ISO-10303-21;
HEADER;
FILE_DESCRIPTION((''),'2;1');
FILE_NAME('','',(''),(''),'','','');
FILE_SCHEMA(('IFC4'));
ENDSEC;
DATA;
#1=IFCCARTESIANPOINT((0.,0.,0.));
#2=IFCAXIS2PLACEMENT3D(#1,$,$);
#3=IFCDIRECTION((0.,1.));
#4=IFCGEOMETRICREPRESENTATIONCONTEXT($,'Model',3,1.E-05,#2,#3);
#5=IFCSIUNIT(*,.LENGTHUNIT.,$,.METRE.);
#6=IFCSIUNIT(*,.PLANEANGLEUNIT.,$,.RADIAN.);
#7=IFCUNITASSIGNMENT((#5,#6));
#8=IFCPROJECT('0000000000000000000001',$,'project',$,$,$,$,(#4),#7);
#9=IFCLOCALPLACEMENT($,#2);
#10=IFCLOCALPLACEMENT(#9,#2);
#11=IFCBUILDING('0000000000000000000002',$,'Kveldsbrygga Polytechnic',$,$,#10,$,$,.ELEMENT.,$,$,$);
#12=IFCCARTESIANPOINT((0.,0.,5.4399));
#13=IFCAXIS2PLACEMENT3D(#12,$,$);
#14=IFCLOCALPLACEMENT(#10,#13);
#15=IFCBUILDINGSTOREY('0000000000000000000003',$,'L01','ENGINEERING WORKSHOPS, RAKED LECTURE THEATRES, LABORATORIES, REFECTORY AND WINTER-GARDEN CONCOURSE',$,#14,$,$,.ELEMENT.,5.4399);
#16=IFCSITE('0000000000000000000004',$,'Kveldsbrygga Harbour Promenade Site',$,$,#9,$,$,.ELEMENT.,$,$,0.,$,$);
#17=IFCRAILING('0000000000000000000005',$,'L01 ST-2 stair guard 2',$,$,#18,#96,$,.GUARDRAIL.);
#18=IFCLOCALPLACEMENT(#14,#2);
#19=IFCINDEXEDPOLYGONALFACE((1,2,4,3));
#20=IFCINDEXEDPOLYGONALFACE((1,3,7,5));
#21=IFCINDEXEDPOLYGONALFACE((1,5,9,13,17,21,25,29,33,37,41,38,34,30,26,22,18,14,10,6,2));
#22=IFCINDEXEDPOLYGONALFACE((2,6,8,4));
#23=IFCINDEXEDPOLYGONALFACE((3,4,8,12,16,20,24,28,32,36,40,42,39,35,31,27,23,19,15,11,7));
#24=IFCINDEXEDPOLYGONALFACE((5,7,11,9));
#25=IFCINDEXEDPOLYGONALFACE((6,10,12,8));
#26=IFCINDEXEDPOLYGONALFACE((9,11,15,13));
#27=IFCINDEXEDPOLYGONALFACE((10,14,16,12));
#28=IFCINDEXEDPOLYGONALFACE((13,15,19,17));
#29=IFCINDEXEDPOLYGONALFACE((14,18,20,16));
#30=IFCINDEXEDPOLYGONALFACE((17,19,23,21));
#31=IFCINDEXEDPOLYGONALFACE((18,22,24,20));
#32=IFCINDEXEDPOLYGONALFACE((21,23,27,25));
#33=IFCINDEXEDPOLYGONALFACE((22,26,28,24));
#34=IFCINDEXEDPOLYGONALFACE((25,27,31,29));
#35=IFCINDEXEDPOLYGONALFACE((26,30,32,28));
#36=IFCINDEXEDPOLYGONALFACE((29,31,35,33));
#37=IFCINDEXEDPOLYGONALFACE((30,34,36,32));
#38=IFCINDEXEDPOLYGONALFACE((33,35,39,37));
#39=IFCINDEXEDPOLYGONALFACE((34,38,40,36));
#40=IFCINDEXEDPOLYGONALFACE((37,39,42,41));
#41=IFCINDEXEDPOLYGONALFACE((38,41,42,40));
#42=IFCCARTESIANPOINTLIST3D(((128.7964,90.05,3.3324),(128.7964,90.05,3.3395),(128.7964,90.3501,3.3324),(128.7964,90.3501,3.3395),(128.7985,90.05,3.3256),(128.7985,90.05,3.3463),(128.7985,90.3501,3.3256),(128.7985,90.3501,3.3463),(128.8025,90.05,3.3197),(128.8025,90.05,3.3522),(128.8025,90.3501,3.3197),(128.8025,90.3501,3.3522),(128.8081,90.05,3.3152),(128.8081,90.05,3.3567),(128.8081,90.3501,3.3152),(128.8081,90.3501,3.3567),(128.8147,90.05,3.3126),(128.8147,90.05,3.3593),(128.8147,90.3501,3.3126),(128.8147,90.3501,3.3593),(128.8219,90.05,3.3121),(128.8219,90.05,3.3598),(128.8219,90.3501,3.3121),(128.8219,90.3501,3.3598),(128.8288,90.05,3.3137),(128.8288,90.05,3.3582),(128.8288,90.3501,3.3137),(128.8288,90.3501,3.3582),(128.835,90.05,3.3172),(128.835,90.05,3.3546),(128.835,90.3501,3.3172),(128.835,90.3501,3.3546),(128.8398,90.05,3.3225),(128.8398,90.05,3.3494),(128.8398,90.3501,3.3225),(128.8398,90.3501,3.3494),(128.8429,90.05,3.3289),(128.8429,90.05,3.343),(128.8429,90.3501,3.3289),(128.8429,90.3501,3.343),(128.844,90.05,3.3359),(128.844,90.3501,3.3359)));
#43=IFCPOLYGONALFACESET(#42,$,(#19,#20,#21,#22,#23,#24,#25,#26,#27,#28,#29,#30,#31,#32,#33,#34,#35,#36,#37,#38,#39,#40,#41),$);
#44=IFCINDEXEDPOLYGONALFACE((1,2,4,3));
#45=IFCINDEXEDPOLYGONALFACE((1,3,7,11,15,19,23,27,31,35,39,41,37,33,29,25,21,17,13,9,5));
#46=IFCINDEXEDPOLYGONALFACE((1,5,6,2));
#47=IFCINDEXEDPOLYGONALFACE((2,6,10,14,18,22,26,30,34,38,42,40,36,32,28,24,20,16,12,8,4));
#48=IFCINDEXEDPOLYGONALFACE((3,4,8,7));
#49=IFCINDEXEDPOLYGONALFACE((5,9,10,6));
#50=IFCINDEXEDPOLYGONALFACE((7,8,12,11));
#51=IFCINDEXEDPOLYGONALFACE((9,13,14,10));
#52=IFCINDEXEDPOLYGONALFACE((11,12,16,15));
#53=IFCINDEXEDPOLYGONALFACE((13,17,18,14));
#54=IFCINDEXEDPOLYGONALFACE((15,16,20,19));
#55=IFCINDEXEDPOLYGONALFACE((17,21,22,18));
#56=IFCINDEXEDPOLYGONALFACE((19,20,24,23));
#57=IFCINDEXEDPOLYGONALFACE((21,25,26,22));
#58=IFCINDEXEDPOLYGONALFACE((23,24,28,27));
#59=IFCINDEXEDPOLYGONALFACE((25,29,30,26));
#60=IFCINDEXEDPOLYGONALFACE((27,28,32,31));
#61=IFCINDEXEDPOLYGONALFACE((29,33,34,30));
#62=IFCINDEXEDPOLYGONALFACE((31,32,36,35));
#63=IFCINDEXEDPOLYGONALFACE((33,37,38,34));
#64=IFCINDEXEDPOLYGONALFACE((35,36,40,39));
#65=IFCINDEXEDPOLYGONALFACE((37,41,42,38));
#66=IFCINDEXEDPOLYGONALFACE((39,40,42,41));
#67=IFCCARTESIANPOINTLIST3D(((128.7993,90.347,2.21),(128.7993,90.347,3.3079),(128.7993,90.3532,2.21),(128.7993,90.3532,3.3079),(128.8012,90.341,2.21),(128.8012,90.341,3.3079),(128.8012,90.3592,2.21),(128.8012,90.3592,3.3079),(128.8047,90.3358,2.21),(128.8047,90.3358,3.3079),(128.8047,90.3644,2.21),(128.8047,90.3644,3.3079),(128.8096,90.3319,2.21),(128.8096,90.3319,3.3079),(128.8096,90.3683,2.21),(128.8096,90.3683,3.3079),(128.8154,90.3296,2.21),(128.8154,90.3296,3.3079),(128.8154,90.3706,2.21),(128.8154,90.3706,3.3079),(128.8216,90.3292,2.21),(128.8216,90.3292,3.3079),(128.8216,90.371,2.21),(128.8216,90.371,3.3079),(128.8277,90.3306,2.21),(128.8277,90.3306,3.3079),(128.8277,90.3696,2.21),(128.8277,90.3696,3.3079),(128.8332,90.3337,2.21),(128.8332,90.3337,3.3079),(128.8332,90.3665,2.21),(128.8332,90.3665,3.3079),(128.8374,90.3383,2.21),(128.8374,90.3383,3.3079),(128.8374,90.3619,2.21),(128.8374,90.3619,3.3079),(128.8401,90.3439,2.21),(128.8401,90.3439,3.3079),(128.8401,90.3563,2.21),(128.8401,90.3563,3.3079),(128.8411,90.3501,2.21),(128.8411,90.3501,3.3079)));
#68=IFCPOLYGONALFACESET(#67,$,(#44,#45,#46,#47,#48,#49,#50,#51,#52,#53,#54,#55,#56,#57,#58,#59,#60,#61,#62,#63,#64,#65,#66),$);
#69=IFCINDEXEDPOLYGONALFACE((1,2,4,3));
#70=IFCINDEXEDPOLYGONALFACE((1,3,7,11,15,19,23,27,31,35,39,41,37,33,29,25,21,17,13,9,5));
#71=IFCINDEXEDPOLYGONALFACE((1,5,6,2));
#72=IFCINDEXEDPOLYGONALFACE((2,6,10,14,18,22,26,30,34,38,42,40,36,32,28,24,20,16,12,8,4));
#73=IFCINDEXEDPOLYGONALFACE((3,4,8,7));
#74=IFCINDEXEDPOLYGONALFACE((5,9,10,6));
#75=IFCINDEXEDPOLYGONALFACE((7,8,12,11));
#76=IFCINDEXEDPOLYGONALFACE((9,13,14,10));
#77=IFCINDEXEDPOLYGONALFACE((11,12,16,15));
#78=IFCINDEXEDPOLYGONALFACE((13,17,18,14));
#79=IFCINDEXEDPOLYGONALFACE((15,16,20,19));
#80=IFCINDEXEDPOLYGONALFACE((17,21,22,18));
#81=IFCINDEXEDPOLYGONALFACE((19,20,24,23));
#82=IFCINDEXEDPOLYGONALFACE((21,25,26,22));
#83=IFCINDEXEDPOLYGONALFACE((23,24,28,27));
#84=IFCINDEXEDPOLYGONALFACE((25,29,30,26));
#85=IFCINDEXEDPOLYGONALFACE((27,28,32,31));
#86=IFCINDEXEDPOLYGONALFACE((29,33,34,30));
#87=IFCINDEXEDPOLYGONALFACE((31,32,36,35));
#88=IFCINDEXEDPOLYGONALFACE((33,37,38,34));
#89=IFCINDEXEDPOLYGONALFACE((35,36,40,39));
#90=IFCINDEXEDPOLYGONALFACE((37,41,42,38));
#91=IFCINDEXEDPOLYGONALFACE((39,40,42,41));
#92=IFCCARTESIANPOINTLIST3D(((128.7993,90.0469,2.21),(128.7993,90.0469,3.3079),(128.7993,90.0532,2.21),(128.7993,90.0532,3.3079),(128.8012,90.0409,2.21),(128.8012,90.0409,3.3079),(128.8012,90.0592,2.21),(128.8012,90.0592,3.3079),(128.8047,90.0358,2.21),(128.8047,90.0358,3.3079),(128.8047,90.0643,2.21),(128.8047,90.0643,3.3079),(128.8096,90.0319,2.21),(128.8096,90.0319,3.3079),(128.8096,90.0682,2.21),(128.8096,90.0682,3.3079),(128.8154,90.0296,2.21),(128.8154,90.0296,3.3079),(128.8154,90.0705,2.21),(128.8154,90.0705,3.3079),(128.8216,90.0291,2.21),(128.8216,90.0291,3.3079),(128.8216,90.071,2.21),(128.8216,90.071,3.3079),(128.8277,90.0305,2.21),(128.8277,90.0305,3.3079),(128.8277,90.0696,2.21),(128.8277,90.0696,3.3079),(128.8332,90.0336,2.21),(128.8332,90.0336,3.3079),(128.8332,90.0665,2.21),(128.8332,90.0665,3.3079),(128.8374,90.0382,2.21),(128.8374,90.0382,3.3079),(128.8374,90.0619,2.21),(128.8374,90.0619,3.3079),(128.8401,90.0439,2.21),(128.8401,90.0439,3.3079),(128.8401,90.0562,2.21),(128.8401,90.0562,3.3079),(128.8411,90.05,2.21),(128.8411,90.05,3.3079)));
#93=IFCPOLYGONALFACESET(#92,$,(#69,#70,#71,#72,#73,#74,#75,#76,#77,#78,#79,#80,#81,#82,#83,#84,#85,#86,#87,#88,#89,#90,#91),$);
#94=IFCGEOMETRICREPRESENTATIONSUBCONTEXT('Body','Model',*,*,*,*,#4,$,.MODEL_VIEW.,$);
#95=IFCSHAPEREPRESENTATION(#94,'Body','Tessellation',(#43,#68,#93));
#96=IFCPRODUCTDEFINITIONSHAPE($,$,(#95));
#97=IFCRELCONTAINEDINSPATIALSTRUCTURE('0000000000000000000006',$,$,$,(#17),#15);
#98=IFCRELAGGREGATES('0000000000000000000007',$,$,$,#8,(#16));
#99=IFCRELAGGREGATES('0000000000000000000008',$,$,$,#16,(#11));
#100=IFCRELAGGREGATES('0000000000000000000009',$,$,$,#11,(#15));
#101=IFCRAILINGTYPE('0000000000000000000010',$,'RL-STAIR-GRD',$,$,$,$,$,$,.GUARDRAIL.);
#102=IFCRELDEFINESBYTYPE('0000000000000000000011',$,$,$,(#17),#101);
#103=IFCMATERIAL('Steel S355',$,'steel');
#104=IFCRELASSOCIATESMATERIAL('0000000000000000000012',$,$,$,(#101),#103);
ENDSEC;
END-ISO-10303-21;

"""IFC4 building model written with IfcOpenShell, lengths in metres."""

from ifc_helpers import new_model, si_unit, direction, frame, origin, origin_2d, place, context, subcontext, project, spatial, circle, extrude, material, type_object, element, save


model = new_model("IFC4")

# Units and contexts
model_context = context("Model", 3, precision=1e-05, world=origin(), true_north=direction((0.0, 1.0)))
body_context = subcontext(model_context, "Body", "Model", "MODEL_VIEW")
ifc_project = project(units=[si_unit("LENGTHUNIT", "METRE"), si_unit("PLANEANGLEUNIT", "RADIAN")], contexts=[model_context])

# Site, building, storey
site_placement = place(None, origin())
site = spatial("IfcSite", under=ifc_project, at=site_placement, Name="Kveldsbrygga Harbour Promenade Site", CompositionType="ELEMENT", RefElevation=0.0)
building_placement = place(site_placement, origin())
building = spatial("IfcBuilding", under=site, at=building_placement, Name="Kveldsbrygga Polytechnic", CompositionType="ELEMENT")
storey_placement = place(building_placement, frame((0.0, 0.0, 5.4399)))
storey = spatial("IfcBuildingStorey", under=building, at=storey_placement, Name="L01", Description="ENGINEERING WORKSHOPS, RAKED LECTURE THEATRES, LABORATORIES, REFECTORY AND WINTER-GARDEN CONCOURSE", CompositionType="ELEMENT", Elevation=5.4399)

# Railing
ifc_material_1 = material(Name="Steel S355", Category="steel")
railing_type_1 = type_object("IfcRailingType", Name="RL-STAIR-GRD", PredefinedType="GUARDRAIL", material=ifc_material_1)
railing_1_placement = place(storey_placement, frame((128.8201, 90.3501, 2.21)))
element("IfcRailing", 1, at=railing_1_placement, inside=storey, type_object=railing_type_1, Name="L01 ST-2 stair guard 2", PredefinedType="GUARDRAIL", context=body_context, shape_type="SweptSolid", body=[
    extrude(circle(Radius=0.0239, at=origin_2d()), frame((0.0, 0.0, 1.126), z_axis=(0.0, -1.0, 0.0), x_axis=(1.0, 0.0, 0.0)), (0.0, 0.0, 1.0), 0.3),
    extrude(circle(Radius=0.021, at=origin_2d()), origin(), (0.0, 0.0, 1.0), 1.0979),
    extrude(circle(Radius=0.021, at=origin_2d()), frame((0.0, -0.3, 0.0)), (0.0, 0.0, 1.0), 1.0979),
])

save(model, "model.ifc")
